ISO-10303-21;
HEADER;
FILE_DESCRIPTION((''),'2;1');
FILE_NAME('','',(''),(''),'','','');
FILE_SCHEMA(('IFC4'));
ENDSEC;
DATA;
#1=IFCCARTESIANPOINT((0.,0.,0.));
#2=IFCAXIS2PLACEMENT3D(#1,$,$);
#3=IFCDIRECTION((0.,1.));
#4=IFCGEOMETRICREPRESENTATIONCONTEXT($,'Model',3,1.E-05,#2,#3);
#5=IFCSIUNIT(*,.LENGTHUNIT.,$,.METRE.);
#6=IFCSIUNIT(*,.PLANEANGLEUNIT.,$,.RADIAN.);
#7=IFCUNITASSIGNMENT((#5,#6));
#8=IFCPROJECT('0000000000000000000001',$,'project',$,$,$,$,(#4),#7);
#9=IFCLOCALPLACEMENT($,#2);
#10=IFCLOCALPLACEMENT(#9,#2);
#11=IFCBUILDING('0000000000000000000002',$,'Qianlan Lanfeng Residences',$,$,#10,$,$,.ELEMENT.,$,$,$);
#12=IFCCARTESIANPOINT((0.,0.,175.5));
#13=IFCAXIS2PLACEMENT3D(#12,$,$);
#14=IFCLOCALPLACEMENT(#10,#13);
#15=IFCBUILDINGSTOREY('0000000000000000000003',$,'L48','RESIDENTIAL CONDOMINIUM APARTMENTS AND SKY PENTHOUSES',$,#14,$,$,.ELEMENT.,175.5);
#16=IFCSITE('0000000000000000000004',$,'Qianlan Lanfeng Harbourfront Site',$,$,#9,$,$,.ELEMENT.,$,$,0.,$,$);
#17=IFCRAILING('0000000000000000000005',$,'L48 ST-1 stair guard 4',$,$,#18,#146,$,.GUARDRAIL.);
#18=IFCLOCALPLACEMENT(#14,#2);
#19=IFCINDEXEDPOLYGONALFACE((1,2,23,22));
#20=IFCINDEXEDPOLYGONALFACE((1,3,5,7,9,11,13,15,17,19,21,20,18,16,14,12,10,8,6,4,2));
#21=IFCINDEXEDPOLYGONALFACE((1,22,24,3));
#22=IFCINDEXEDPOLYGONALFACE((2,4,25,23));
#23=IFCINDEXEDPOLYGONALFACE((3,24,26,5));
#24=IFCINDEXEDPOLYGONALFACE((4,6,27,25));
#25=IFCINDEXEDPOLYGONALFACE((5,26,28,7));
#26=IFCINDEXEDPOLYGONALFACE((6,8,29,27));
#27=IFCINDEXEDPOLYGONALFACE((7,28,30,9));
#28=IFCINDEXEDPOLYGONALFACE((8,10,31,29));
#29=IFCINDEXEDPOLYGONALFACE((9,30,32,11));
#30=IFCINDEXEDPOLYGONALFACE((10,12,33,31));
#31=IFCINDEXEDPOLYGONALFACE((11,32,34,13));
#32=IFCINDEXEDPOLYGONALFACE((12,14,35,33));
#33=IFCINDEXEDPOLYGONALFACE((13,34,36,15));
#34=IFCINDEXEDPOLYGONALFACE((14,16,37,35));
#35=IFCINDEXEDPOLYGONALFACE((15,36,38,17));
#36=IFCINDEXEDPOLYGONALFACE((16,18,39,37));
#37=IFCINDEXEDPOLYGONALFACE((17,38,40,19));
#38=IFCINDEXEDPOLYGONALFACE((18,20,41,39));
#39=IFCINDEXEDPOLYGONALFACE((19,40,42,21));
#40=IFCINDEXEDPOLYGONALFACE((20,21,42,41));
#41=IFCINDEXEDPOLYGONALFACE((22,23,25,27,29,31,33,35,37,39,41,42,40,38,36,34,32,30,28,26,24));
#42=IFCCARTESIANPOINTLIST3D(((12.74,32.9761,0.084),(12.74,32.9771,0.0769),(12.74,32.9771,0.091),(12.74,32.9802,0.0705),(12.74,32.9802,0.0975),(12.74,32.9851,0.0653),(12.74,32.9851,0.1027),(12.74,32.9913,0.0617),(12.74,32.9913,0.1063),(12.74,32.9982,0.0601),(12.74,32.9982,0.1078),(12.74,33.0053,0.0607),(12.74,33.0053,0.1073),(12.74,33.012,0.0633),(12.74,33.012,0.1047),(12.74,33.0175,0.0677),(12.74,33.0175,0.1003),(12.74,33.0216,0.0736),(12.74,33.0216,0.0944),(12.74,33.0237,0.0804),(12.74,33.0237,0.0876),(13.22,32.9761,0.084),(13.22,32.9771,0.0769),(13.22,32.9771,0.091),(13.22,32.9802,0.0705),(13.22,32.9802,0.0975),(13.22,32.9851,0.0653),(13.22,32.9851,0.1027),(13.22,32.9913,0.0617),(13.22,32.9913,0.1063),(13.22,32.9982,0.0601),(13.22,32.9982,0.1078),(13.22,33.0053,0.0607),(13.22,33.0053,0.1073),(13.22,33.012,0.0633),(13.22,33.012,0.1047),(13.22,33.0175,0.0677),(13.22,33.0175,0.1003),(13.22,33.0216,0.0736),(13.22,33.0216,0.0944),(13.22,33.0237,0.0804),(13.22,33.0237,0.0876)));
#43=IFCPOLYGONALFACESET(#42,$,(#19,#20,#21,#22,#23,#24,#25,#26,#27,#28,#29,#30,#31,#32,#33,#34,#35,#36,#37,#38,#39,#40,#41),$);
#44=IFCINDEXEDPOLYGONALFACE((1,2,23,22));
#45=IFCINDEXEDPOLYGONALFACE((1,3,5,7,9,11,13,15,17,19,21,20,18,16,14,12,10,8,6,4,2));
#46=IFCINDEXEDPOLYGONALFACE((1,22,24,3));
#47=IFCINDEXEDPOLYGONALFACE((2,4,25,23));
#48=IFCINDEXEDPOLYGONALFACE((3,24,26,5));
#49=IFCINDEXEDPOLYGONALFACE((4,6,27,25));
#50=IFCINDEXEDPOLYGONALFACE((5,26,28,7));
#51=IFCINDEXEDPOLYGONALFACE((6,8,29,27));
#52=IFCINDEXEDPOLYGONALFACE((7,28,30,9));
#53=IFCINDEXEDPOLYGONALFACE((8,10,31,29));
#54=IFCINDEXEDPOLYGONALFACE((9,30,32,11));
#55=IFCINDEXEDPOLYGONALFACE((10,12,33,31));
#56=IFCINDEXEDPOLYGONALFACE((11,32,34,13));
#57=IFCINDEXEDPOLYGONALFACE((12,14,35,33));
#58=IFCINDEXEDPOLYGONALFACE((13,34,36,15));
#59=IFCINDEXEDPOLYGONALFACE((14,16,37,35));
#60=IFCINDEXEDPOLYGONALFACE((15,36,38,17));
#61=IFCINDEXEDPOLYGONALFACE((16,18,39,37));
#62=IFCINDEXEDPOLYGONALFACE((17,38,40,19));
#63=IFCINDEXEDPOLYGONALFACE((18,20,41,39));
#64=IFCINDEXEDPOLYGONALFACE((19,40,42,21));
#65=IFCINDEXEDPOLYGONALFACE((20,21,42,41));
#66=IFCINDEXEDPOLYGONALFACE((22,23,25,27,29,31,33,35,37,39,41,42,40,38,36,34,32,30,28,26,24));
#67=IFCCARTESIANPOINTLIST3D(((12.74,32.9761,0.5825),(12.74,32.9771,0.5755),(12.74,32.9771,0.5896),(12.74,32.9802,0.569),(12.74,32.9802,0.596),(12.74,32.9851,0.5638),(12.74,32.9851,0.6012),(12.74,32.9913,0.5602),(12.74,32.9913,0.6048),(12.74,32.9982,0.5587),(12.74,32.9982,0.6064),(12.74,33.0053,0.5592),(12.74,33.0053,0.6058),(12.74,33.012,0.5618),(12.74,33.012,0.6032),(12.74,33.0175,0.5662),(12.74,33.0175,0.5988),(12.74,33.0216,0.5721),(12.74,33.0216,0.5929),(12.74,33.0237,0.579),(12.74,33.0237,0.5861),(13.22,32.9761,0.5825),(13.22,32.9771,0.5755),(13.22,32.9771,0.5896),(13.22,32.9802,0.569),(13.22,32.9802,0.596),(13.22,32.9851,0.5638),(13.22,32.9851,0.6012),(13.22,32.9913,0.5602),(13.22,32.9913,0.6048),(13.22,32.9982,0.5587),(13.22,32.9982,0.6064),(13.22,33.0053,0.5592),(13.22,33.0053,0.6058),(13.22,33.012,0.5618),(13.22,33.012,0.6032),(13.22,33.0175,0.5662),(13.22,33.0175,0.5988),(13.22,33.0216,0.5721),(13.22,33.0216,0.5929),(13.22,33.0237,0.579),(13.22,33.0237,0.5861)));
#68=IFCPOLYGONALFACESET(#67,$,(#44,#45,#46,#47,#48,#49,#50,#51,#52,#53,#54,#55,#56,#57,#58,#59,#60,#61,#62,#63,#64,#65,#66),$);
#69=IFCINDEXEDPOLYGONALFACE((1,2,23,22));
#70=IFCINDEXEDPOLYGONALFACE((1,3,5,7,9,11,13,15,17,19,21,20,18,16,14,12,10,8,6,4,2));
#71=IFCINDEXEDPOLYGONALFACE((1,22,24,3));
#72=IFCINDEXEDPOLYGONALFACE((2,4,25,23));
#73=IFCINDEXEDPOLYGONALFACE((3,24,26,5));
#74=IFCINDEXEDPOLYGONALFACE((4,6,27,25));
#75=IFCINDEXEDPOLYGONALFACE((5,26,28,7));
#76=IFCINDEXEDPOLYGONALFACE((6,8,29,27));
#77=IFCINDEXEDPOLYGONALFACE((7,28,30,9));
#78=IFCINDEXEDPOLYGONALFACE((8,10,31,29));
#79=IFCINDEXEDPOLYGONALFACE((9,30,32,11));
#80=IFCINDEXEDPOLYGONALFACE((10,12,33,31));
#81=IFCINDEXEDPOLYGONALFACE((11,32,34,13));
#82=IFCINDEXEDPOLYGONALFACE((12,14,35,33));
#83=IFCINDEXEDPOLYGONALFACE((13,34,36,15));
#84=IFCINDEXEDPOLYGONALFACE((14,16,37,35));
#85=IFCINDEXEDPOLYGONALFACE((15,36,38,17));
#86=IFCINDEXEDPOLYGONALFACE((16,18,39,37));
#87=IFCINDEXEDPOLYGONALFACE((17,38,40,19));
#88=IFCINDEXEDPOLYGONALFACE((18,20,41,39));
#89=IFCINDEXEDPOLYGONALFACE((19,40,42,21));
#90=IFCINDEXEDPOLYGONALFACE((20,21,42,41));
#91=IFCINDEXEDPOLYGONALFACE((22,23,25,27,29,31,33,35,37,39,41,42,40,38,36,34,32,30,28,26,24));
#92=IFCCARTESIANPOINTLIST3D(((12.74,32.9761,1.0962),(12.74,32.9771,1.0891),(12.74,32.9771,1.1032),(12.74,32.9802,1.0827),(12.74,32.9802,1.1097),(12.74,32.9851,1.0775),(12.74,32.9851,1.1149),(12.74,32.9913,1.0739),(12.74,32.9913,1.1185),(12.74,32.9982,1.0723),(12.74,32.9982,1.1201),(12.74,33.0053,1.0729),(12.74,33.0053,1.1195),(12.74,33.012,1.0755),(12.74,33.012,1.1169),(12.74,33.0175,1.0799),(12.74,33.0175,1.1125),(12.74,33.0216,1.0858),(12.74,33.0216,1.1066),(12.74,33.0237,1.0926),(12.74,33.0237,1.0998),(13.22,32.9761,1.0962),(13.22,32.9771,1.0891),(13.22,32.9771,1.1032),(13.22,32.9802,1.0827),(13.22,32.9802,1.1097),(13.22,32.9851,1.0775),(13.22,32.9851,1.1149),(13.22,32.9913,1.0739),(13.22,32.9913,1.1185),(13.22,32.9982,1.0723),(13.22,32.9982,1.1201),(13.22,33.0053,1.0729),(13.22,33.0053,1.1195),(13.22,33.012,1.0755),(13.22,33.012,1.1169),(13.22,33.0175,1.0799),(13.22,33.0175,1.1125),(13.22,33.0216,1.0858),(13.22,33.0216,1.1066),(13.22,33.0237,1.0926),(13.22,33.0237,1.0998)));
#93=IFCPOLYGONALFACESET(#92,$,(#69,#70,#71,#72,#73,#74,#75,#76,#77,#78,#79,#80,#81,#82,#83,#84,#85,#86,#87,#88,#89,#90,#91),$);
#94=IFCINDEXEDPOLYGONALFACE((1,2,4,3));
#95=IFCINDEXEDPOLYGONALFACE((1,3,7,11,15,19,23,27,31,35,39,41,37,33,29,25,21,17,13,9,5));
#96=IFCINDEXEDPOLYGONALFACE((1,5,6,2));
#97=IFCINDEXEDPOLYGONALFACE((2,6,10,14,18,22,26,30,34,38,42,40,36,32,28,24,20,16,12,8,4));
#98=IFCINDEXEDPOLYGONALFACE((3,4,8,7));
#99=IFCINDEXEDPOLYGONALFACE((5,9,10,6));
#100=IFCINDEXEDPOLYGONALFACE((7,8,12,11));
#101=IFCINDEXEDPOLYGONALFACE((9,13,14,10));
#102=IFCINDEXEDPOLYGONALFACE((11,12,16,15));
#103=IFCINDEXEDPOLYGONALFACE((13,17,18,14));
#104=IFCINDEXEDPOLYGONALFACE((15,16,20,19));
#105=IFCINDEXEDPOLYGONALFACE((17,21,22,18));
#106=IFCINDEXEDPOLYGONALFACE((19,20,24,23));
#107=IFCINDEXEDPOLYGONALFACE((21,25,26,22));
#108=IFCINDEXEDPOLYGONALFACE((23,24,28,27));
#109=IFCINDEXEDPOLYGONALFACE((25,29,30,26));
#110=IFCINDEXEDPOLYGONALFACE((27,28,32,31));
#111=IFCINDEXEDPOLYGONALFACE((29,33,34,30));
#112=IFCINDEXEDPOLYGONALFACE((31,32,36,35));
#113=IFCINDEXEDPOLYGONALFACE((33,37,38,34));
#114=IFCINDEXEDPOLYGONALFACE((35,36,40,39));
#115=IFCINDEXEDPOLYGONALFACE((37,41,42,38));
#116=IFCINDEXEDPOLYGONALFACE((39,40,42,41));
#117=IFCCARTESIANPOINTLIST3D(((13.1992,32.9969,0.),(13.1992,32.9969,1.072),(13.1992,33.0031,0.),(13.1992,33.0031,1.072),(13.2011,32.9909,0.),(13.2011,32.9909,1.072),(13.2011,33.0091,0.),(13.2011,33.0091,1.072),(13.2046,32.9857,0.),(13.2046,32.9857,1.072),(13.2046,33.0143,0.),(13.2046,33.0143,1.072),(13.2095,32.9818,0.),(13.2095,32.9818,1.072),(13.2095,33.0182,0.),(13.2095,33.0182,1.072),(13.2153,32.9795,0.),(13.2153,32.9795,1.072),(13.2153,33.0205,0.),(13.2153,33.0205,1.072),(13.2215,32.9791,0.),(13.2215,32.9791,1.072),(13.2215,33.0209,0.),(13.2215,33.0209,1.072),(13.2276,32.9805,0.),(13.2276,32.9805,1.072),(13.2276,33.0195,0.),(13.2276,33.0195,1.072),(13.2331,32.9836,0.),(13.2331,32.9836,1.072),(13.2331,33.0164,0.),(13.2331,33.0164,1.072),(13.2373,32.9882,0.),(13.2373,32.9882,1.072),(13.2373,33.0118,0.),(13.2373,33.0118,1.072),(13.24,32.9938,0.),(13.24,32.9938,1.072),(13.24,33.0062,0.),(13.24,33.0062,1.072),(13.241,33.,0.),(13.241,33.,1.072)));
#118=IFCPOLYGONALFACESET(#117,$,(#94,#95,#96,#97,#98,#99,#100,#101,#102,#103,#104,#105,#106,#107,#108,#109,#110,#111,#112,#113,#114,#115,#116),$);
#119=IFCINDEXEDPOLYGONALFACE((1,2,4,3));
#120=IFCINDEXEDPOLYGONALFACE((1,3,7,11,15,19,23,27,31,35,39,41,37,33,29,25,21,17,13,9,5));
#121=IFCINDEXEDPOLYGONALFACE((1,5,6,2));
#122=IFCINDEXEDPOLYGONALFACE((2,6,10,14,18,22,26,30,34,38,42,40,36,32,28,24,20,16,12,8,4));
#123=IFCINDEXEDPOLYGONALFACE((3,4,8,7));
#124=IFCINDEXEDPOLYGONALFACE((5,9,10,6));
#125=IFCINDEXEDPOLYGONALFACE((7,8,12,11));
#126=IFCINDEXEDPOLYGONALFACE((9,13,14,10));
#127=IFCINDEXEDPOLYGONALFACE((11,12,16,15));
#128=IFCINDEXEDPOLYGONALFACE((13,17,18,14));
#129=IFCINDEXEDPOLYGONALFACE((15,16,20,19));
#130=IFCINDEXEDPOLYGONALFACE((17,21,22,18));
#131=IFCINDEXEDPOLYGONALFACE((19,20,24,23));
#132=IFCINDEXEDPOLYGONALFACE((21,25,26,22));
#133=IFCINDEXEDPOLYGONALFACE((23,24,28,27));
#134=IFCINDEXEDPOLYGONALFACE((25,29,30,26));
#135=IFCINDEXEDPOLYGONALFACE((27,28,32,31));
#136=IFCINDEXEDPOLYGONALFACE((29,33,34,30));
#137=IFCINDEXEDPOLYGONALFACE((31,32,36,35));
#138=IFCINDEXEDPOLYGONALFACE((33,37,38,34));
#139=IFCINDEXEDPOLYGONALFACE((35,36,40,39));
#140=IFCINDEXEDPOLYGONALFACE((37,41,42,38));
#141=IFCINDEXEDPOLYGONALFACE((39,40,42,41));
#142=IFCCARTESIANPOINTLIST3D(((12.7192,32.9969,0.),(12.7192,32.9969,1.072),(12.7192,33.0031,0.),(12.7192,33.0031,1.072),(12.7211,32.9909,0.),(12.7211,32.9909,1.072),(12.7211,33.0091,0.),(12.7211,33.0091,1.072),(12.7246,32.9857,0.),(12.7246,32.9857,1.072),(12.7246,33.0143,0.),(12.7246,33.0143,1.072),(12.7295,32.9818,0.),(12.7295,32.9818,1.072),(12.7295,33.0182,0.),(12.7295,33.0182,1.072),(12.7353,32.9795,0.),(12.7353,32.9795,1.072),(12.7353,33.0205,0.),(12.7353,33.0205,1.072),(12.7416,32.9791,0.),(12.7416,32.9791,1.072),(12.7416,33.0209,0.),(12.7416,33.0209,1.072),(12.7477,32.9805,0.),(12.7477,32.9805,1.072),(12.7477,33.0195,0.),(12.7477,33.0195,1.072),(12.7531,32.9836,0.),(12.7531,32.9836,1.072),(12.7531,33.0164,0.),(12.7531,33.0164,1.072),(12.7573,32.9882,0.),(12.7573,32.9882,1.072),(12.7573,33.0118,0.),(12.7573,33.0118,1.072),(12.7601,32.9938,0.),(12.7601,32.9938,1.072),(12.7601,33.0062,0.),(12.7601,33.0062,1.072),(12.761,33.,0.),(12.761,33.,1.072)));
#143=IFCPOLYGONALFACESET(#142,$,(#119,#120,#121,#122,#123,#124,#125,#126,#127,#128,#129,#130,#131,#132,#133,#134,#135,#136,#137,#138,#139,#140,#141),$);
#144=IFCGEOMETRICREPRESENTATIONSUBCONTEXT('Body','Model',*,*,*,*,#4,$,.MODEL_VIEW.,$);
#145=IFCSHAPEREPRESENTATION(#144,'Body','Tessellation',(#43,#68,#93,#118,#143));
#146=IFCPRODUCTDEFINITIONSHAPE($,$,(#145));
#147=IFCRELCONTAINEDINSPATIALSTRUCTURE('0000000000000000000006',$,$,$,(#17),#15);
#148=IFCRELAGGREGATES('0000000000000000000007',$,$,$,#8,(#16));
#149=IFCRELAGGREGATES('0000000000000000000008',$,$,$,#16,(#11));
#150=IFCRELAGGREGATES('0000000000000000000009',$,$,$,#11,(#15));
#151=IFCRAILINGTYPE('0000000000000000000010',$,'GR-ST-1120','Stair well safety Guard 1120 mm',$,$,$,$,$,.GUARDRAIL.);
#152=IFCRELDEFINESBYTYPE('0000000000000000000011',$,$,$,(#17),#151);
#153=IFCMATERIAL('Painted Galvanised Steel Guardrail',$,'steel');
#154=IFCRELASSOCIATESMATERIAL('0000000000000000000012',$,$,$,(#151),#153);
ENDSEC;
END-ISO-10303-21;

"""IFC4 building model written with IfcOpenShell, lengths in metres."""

from ifc_helpers import new_model, si_unit, direction, frame, origin, origin_2d, place, context, subcontext, project, spatial, circle, extrude, material, type_object, element, save


model = new_model("IFC4")

# Units and contexts
model_context = context("Model", 3, precision=1e-05, world=origin(), true_north=direction((0.0, 1.0)))
body_context = subcontext(model_context, "Body", "Model", "MODEL_VIEW")
ifc_project = project(units=[si_unit("LENGTHUNIT", "METRE"), si_unit("PLANEANGLEUNIT", "RADIAN")], contexts=[model_context])

# Site, building, storey
site_placement = place(None, origin())
site = spatial("IfcSite", under=ifc_project, at=site_placement, Name="Qianlan Lanfeng Harbourfront Site", CompositionType="ELEMENT", RefElevation=0.0)
building_placement = place(site_placement, origin())
building = spatial("IfcBuilding", under=site, at=building_placement, Name="Qianlan Lanfeng Residences", CompositionType="ELEMENT")
storey_placement = place(building_placement, frame((0.0, 0.0, 175.5)))
storey = spatial("IfcBuildingStorey", under=building, at=storey_placement, Name="L48", Description="RESIDENTIAL CONDOMINIUM APARTMENTS AND SKY PENTHOUSES", CompositionType="ELEMENT", Elevation=175.5)

# Railing
ifc_material_1 = material(Name="Painted Galvanised Steel Guardrail", Category="steel")
railing_type_1 = type_object("IfcRailingType", Name="GR-ST-1120", Description="Stair well safety Guard 1120 mm", PredefinedType="GUARDRAIL", material=ifc_material_1)
railing_1_placement = place(storey_placement, frame((13.22, 33.0, 0.0)))
element("IfcRailing", 1, at=railing_1_placement, inside=storey, type_object=railing_type_1, Name="L48 ST-1 stair guard 4", PredefinedType="GUARDRAIL", context=body_context, shape_type="SweptSolid", body=[
    extrude(circle(Radius=0.0239, at=origin_2d()), frame((0.0, 0.0, 0.084), z_axis=(-1.0, 0.0, 0.0), x_axis=(0.0, -1.0, 0.0)), (0.0, 0.0, 1.0), 0.48),
    extrude(circle(Radius=0.0239, at=origin_2d()), frame((0.0, 0.0, 0.5825), z_axis=(-1.0, 0.0, 0.0), x_axis=(0.0, -1.0, 0.0)), (0.0, 0.0, 1.0), 0.48),
    extrude(circle(Radius=0.0239, at=origin_2d()), frame((0.0, 0.0, 1.0962), z_axis=(-1.0, 0.0, 0.0), x_axis=(0.0, -1.0, 0.0)), (0.0, 0.0, 1.0), 0.48),
    extrude(circle(Radius=0.021, at=origin_2d()), origin(), (0.0, 0.0, 1.0), 1.072),
    extrude(circle(Radius=0.021, at=origin_2d()), frame((-0.48, 0.0, 0.0)), (0.0, 0.0, 1.0), 1.072),
])

save(model, "model.ifc")
